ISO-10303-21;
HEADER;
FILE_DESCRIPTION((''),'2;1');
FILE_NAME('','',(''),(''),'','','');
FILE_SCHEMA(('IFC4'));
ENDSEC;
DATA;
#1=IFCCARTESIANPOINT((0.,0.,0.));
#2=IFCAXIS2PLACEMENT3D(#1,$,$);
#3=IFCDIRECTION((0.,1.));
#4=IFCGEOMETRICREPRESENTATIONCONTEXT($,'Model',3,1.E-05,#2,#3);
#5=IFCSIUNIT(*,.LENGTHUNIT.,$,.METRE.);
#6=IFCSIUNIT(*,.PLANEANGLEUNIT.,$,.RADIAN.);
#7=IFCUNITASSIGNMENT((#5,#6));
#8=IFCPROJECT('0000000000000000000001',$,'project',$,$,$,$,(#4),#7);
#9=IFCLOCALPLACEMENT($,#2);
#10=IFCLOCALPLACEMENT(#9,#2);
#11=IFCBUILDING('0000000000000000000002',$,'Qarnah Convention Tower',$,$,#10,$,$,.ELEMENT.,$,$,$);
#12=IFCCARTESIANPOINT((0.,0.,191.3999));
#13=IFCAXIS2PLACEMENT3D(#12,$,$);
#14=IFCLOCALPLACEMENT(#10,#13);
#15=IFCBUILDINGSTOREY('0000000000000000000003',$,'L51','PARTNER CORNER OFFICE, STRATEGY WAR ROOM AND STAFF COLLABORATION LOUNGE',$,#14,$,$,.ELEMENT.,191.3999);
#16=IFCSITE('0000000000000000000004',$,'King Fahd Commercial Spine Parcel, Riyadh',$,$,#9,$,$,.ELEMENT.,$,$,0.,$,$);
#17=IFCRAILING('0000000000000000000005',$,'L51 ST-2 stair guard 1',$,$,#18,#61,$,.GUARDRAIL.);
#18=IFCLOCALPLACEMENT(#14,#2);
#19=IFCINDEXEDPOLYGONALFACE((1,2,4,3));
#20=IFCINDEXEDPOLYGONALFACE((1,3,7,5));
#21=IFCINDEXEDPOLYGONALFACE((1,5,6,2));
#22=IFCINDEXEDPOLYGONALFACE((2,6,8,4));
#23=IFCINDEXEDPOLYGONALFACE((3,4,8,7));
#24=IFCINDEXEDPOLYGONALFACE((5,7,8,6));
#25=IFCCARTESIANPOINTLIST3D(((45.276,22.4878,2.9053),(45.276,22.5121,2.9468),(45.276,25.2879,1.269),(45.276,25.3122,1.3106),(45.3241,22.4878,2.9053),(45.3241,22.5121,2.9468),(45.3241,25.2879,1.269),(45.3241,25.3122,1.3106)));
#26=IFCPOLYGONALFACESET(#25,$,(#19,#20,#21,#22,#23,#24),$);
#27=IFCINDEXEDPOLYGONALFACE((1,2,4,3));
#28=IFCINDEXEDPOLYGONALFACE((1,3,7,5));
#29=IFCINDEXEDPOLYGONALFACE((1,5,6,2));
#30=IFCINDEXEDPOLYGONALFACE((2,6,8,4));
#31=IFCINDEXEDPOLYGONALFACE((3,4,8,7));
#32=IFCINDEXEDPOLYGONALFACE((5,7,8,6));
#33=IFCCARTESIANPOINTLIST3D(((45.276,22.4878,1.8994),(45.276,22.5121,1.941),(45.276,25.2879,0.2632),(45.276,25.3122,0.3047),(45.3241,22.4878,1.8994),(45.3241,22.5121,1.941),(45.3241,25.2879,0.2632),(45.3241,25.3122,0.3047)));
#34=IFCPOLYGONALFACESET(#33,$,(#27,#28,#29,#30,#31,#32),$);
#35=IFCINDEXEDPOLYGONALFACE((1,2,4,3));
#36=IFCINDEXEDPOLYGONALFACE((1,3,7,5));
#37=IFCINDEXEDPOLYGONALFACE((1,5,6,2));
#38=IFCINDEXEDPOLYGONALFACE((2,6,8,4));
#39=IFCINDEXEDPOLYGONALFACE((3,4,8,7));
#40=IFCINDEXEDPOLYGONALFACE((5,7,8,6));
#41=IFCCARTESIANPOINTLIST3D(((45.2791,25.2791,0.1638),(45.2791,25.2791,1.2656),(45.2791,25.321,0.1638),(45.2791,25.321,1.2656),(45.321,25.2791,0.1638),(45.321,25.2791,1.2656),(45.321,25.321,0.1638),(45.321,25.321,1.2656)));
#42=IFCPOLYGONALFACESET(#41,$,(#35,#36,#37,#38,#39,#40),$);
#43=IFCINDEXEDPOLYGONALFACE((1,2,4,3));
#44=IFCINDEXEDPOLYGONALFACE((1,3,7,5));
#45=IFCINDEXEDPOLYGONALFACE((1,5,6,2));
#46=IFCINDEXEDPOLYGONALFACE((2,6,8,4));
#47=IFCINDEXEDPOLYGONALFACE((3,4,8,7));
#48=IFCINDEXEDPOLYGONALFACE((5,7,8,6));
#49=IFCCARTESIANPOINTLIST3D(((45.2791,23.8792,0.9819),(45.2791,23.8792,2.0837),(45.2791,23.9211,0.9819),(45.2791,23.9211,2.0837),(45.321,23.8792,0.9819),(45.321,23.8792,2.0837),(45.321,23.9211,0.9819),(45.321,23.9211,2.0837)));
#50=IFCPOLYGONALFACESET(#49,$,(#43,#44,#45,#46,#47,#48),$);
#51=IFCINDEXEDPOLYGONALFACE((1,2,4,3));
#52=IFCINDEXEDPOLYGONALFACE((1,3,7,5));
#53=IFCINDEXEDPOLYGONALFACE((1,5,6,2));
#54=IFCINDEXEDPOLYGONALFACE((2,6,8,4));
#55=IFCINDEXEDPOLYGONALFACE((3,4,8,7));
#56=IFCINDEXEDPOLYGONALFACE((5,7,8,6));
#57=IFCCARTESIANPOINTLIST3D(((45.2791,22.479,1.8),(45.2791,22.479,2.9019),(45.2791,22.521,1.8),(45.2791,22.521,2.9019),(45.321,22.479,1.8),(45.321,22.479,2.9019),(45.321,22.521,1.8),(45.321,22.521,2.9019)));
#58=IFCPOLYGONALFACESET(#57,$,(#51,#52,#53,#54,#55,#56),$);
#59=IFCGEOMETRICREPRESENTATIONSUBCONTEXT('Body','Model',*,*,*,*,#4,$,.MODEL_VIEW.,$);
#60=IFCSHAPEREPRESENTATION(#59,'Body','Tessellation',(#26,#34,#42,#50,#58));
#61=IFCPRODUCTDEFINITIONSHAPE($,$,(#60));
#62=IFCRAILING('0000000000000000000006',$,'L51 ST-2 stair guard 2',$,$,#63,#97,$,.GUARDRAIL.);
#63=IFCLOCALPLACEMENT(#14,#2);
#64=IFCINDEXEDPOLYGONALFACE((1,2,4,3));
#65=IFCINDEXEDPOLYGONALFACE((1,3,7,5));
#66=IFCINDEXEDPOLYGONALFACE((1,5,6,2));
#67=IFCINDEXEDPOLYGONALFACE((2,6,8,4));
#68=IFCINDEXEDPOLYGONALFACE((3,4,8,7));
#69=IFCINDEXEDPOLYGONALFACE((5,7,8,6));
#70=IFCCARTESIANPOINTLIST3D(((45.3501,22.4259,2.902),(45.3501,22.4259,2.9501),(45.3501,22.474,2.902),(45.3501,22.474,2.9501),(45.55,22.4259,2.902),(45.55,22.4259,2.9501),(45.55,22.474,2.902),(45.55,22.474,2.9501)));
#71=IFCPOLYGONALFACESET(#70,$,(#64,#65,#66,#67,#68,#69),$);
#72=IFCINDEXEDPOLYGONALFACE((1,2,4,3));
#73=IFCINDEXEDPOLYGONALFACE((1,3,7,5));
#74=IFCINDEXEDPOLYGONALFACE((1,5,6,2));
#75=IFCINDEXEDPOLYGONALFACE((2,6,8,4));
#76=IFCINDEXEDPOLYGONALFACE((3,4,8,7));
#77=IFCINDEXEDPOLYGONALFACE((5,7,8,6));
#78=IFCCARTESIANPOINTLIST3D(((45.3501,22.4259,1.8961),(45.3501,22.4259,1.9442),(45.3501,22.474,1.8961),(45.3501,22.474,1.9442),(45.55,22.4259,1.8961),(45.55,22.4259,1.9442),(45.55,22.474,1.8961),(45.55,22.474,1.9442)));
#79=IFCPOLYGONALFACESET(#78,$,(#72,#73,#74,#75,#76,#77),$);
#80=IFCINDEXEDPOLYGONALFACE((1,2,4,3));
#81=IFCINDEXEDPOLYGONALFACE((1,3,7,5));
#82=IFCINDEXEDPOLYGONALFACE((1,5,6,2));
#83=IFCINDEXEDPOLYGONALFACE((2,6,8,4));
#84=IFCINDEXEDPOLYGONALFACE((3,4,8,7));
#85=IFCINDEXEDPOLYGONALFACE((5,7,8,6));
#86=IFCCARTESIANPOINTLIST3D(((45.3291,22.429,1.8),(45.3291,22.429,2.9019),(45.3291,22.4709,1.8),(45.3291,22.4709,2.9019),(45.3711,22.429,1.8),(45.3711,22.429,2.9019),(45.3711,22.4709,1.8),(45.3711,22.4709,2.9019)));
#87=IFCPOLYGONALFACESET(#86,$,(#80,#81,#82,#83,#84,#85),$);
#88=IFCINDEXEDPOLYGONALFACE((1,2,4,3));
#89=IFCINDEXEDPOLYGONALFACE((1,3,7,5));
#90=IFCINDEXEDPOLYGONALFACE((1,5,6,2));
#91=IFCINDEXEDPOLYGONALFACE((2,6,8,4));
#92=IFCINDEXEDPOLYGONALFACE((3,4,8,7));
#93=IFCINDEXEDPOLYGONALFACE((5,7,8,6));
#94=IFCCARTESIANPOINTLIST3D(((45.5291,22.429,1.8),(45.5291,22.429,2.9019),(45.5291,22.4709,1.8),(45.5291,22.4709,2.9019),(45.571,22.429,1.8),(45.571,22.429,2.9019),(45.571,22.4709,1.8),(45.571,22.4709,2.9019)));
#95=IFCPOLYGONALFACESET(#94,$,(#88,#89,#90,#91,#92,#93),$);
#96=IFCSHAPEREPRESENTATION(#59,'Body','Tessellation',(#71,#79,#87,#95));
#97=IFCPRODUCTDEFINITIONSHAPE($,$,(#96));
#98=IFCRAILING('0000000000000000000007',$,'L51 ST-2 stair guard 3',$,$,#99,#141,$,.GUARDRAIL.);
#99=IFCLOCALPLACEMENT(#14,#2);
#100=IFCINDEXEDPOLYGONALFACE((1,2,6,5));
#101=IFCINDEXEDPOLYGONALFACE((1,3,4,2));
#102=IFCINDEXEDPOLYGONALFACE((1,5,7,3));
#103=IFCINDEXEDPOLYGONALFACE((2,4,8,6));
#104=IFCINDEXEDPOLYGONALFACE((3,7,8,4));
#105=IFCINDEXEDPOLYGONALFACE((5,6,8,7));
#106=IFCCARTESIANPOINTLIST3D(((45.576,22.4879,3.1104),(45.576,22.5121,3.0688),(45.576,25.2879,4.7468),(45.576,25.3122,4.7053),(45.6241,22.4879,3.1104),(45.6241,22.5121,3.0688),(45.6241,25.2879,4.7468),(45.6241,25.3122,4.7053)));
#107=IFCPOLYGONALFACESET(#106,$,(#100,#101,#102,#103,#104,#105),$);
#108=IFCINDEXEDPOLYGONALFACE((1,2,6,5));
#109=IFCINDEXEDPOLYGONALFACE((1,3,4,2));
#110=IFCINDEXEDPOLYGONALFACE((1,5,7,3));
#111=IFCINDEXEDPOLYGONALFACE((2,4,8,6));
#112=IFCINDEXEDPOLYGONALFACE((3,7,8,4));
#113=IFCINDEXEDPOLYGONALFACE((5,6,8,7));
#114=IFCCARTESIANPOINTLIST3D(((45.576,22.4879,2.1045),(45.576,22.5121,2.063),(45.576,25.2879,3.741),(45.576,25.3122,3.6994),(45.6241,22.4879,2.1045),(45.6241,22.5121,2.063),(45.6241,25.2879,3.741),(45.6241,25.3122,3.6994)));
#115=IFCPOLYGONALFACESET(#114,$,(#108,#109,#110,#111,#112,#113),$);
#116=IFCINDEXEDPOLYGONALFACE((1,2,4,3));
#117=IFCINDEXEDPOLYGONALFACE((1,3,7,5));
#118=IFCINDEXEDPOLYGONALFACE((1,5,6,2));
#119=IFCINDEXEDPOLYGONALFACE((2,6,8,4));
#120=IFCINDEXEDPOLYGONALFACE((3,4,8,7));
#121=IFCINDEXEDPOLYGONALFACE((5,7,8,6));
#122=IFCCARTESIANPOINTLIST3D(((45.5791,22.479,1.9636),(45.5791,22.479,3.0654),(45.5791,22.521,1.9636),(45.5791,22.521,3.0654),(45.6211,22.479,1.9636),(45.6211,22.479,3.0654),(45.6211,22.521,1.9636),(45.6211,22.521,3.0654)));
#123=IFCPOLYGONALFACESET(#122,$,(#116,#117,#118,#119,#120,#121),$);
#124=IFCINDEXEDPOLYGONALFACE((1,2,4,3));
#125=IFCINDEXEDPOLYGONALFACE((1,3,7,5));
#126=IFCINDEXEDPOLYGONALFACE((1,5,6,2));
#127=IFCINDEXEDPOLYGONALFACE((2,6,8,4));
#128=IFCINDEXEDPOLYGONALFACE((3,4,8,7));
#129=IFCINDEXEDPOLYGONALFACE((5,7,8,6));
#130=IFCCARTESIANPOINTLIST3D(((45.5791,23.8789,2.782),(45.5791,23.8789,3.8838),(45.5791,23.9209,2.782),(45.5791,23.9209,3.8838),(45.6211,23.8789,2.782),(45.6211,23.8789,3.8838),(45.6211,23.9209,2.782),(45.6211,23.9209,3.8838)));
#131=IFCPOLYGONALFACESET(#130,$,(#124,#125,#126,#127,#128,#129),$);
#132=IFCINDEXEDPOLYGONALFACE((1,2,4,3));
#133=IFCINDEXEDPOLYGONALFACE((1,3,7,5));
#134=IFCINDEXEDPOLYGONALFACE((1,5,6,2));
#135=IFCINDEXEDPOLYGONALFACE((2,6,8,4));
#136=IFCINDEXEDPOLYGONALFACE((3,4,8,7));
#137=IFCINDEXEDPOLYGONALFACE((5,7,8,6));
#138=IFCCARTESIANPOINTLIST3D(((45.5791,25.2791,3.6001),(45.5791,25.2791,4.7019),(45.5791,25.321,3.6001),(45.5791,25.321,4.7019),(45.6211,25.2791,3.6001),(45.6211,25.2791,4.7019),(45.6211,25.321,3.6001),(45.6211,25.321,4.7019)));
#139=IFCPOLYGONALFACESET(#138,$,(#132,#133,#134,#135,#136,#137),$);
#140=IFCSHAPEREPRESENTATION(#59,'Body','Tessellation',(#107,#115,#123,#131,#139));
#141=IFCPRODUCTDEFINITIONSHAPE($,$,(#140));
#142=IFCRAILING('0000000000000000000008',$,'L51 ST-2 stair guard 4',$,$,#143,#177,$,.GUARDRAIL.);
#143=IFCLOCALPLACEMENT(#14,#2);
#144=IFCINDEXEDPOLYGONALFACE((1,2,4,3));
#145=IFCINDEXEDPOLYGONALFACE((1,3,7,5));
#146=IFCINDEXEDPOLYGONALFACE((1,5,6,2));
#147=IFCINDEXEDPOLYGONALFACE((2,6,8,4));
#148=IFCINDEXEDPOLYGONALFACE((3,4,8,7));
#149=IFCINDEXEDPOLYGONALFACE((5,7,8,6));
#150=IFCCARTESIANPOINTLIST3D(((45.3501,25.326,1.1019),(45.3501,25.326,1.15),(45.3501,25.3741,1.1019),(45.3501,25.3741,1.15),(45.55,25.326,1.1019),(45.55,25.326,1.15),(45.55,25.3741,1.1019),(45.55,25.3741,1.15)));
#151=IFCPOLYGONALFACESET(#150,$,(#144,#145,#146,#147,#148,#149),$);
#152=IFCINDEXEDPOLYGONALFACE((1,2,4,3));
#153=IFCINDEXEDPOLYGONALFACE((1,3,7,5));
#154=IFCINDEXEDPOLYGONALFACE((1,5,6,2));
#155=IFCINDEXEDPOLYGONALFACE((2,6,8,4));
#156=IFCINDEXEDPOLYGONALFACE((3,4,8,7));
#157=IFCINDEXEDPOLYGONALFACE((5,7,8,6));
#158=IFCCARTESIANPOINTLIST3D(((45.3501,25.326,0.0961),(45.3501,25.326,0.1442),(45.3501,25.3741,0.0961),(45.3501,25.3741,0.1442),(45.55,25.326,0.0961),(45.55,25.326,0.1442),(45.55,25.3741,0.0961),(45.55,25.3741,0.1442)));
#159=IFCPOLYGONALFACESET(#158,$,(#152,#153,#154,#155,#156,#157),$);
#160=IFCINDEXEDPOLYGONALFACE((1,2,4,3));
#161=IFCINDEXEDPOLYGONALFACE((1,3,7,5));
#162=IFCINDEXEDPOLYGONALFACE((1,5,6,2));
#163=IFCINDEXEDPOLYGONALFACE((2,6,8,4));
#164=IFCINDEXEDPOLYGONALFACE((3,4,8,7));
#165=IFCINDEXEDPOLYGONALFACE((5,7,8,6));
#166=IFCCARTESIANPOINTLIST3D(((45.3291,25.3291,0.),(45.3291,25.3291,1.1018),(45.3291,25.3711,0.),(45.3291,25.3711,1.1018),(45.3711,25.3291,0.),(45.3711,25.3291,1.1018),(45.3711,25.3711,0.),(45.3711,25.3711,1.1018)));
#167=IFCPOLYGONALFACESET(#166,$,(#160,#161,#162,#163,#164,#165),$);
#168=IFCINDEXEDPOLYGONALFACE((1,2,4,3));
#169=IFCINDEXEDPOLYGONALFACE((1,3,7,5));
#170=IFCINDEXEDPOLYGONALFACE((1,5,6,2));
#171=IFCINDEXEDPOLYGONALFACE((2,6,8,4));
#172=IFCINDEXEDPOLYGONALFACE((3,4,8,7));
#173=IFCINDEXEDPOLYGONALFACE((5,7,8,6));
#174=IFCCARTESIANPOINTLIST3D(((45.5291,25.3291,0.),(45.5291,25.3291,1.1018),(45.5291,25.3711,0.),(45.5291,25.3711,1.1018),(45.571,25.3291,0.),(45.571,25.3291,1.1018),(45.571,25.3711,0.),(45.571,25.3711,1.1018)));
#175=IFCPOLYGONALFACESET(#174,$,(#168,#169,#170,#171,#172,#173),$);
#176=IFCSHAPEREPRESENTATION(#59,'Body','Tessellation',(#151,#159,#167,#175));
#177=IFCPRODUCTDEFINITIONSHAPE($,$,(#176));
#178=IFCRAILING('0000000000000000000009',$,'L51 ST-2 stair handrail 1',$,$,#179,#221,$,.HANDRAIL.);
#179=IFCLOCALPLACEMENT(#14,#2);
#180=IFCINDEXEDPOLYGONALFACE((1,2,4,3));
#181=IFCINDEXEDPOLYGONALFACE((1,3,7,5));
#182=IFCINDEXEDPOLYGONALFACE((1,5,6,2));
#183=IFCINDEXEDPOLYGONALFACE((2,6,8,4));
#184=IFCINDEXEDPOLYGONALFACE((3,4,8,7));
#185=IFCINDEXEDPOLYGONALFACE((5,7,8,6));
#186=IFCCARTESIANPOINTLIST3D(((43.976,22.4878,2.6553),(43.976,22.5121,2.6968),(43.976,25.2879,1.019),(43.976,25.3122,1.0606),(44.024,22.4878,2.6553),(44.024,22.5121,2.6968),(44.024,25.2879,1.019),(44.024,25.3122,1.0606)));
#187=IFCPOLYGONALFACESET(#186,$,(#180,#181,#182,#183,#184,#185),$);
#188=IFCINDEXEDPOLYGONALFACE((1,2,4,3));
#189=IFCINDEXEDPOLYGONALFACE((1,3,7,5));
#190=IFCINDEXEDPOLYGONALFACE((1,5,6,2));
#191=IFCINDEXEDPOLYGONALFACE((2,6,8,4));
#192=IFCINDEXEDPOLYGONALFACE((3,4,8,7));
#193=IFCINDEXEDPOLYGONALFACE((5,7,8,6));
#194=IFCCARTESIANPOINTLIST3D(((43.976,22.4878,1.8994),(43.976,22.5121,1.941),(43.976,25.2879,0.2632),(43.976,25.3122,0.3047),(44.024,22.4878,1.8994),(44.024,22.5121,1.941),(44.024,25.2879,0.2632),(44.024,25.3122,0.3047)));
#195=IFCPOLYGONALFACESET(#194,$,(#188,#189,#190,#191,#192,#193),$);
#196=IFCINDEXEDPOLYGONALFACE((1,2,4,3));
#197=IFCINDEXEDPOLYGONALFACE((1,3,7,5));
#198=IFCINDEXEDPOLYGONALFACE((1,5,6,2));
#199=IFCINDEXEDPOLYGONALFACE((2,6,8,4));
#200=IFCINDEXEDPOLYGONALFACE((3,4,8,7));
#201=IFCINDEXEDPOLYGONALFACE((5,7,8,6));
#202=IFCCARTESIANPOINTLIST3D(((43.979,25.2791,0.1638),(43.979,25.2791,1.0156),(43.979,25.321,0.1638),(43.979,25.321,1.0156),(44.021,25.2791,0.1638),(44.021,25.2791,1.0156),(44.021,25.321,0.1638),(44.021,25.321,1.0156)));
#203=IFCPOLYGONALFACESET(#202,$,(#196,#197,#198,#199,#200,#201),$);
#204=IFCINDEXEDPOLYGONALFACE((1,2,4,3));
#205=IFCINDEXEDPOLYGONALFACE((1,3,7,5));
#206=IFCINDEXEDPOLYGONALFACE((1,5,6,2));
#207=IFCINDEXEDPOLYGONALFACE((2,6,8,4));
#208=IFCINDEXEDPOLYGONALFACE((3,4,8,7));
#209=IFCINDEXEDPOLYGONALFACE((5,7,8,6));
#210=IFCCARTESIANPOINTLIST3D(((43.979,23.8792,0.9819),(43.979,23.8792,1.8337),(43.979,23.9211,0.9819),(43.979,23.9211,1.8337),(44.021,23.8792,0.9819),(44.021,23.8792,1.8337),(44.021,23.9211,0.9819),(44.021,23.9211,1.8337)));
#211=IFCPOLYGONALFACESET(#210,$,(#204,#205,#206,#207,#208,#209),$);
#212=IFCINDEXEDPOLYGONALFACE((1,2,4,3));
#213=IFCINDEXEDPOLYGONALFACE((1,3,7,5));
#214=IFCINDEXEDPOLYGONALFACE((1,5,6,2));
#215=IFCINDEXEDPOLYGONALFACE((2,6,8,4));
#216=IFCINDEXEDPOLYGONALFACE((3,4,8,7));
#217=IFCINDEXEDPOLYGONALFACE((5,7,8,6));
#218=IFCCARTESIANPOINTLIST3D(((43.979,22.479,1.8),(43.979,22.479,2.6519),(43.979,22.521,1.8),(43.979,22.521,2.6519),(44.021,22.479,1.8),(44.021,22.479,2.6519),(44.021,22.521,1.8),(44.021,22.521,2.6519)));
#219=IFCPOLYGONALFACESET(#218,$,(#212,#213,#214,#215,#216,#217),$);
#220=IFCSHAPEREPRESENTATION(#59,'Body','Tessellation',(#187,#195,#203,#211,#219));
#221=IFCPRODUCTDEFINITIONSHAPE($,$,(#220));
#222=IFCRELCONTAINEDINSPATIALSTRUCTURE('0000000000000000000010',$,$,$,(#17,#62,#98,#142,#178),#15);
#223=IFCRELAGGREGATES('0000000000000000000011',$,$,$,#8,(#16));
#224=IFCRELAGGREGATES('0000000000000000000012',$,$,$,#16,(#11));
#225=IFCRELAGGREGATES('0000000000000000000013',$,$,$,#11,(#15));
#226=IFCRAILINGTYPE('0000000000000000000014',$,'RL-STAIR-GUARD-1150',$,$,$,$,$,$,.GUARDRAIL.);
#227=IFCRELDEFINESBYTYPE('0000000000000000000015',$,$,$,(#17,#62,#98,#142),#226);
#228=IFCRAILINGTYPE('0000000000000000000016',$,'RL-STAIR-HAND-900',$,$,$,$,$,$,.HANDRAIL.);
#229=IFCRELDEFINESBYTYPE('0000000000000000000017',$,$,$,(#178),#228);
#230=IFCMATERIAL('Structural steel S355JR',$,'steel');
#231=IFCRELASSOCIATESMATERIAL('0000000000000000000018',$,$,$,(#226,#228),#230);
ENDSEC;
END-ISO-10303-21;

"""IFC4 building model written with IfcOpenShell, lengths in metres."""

from ifc_helpers import new_model, si_unit, direction, frame, origin, origin_2d, place, context, subcontext, project, spatial, rectangle, extrude, material, type_object, element, save


model = new_model("IFC4")

# Units and contexts
model_context = context("Model", 3, precision=1e-05, world=origin(), true_north=direction((0.0, 1.0)))
body_context = subcontext(model_context, "Body", "Model", "MODEL_VIEW")
ifc_project = project(units=[si_unit("LENGTHUNIT", "METRE"), si_unit("PLANEANGLEUNIT", "RADIAN")], contexts=[model_context])

# Site, building, storey
site_placement = place(None, origin())
site = spatial("IfcSite", under=ifc_project, at=site_placement, Name="King Fahd Commercial Spine Parcel, Riyadh", CompositionType="ELEMENT", RefElevation=0.0)
building_placement = place(site_placement, origin())
building = spatial("IfcBuilding", under=site, at=building_placement, Name="Qarnah Convention Tower", CompositionType="ELEMENT")
storey_placement = place(building_placement, frame((0.0, 0.0, 191.3999)))
storey = spatial("IfcBuildingStorey", under=building, at=storey_placement, Name="L51", Description="PARTNER CORNER OFFICE, STRATEGY WAR ROOM AND STAFF COLLABORATION LOUNGE", CompositionType="ELEMENT", Elevation=191.3999)

# Shared definitions
ifc_material_1 = material(Name="Structural steel S355JR", Category="steel")

# Railings
railing_type_1 = type_object("IfcRailingType", Name="RL-STAIR-GUARD-1150", PredefinedType="GUARDRAIL", material=ifc_material_1)
railing_1_placement = place(storey_placement, frame((45.3, 25.3, 0.1638)))
element("IfcRailing", 1, at=railing_1_placement, inside=storey, type_object=railing_type_1, Name="L51 ST-2 stair guard 1", PredefinedType="GUARDRAIL", context=body_context, shape_type="SweptSolid", body=[
    extrude(rectangle(XDim=0.0481, YDim=0.0481, at=origin_2d()), frame((0.0, 0.0, 1.126), z_axis=(0.0, -0.863394, 0.504531), x_axis=(1.0, 0.0, 0.0)), (0.0, 0.0, 1.0), 3.2432),
    extrude(rectangle(XDim=0.0481, YDim=0.0481, at=origin_2d()), frame((0.0, 0.0, 0.1201), z_axis=(0.0, -0.863394, 0.504531), x_axis=(1.0, 0.0, 0.0)), (0.0, 0.0, 1.0), 3.2432),
    extrude(rectangle(XDim=0.042, YDim=0.042, at=origin_2d()), origin(), (0.0, 0.0, 1.0), 1.1018),
    extrude(rectangle(XDim=0.042, YDim=0.042, at=origin_2d()), frame((0.0, -1.3999, 0.8181)), (0.0, 0.0, 1.0), 1.1018),
    extrude(rectangle(XDim=0.042, YDim=0.042, at=origin_2d()), frame((0.0, -2.8, 1.6362)), (0.0, 0.0, 1.0), 1.1018),
])
railing_2_placement = place(storey_placement, frame((45.3501, 22.45, 1.8)))
element("IfcRailing", 2, at=railing_2_placement, inside=storey, type_object=railing_type_1, Name="L51 ST-2 stair guard 2", PredefinedType="GUARDRAIL", context=body_context, shape_type="SweptSolid", body=[
    extrude(rectangle(XDim=0.0481, YDim=0.0481, at=origin_2d()), frame((0.0, 0.0, 1.126), z_axis=(1.0, 0.0, 0.0), x_axis=(0.0, 1.0, 0.0)), (0.0, 0.0, 1.0), 0.2),
    extrude(rectangle(XDim=0.0481, YDim=0.0481, at=origin_2d()), frame((0.0, 0.0, 0.1201), z_axis=(1.0, 0.0, 0.0), x_axis=(0.0, 1.0, 0.0)), (0.0, 0.0, 1.0), 0.2),
    extrude(rectangle(XDim=0.042, YDim=0.042, at=origin_2d()), origin(), (0.0, 0.0, 1.0), 1.1018),
    extrude(rectangle(XDim=0.042, YDim=0.042, at=origin_2d()), frame((0.2, 0.0, 0.0)), (0.0, 0.0, 1.0), 1.1018),
])
railing_3_placement = place(storey_placement, frame((45.6001, 22.5, 1.9636)))
element("IfcRailing", 3, at=railing_3_placement, inside=storey, type_object=railing_type_1, Name="L51 ST-2 stair guard 3", PredefinedType="GUARDRAIL", context=body_context, shape_type="SweptSolid", body=[
    extrude(rectangle(XDim=0.0481, YDim=0.0481, at=origin_2d()), frame((0.0, 0.0, 1.126), z_axis=(0.0, 0.863361, 0.504587), x_axis=(-1.0, 0.0, 0.0)), (0.0, 0.0, 1.0), 3.2432),
    extrude(rectangle(XDim=0.0481, YDim=0.0481, at=origin_2d()), frame((0.0, 0.0, 0.1201), z_axis=(0.0, 0.863361, 0.504587), x_axis=(-1.0, 0.0, 0.0)), (0.0, 0.0, 1.0), 3.2432),
    extrude(rectangle(XDim=0.042, YDim=0.042, at=origin_2d()), origin(), (0.0, 0.0, 1.0), 1.1018),
    extrude(rectangle(XDim=0.042, YDim=0.042, at=origin_2d()), frame((0.0, 1.3999, 0.8184)), (0.0, 0.0, 1.0), 1.1018),
    extrude(rectangle(XDim=0.042, YDim=0.042, at=origin_2d()), frame((0.0, 2.8, 1.6365)), (0.0, 0.0, 1.0), 1.1018),
])
railing_4_placement = place(storey_placement, frame((45.3501, 25.3501, 0.0)))
element("IfcRailing", 4, at=railing_4_placement, inside=storey, type_object=railing_type_1, Name="L51 ST-2 stair guard 4", PredefinedType="GUARDRAIL", context=body_context, shape_type="SweptSolid", body=[
    extrude(rectangle(XDim=0.0481, YDim=0.0481, at=origin_2d()), frame((0.0, 0.0, 1.126), z_axis=(1.0, 0.0, 0.0), x_axis=(0.0, 1.0, 0.0)), (0.0, 0.0, 1.0), 0.2),
    extrude(rectangle(XDim=0.0481, YDim=0.0481, at=origin_2d()), frame((0.0, 0.0, 0.1201), z_axis=(1.0, 0.0, 0.0), x_axis=(0.0, 1.0, 0.0)), (0.0, 0.0, 1.0), 0.2),
    extrude(rectangle(XDim=0.042, YDim=0.042, at=origin_2d()), origin(), (0.0, 0.0, 1.0), 1.1018),
    extrude(rectangle(XDim=0.042, YDim=0.042, at=origin_2d()), frame((0.2, 0.0, 0.0)), (0.0, 0.0, 1.0), 1.1018),
])
railing_type_2 = type_object("IfcRailingType", Name="RL-STAIR-HAND-900", PredefinedType="HANDRAIL", material=ifc_material_1)
railing_5_placement = place(storey_placement, frame((44.0, 25.3, 0.1638)))
element("IfcRailing", 5, at=railing_5_placement, inside=storey, type_object=railing_type_2, Name="L51 ST-2 stair handrail 1", PredefinedType="HANDRAIL", context=body_context, shape_type="SweptSolid", body=[
    extrude(rectangle(XDim=0.0481, YDim=0.0481, at=origin_2d()), frame((0.0, 0.0, 0.876), z_axis=(0.0, -0.863394, 0.504531), x_axis=(1.0, 0.0, 0.0)), (0.0, 0.0, 1.0), 3.2432),
    extrude(rectangle(XDim=0.0481, YDim=0.0481, at=origin_2d()), frame((0.0, 0.0, 0.1201), z_axis=(0.0, -0.863394, 0.504531), x_axis=(1.0, 0.0, 0.0)), (0.0, 0.0, 1.0), 3.2432),
    extrude(rectangle(XDim=0.042, YDim=0.042, at=origin_2d()), origin(), (0.0, 0.0, 1.0), 0.8518),
    extrude(rectangle(XDim=0.042, YDim=0.042, at=origin_2d()), frame((0.0, -1.3999, 0.8181)), (0.0, 0.0, 1.0), 0.8518),
    extrude(rectangle(XDim=0.042, YDim=0.042, at=origin_2d()), frame((0.0, -2.8, 1.6362)), (0.0, 0.0, 1.0), 0.8518),
])

save(model, "model.ifc")
